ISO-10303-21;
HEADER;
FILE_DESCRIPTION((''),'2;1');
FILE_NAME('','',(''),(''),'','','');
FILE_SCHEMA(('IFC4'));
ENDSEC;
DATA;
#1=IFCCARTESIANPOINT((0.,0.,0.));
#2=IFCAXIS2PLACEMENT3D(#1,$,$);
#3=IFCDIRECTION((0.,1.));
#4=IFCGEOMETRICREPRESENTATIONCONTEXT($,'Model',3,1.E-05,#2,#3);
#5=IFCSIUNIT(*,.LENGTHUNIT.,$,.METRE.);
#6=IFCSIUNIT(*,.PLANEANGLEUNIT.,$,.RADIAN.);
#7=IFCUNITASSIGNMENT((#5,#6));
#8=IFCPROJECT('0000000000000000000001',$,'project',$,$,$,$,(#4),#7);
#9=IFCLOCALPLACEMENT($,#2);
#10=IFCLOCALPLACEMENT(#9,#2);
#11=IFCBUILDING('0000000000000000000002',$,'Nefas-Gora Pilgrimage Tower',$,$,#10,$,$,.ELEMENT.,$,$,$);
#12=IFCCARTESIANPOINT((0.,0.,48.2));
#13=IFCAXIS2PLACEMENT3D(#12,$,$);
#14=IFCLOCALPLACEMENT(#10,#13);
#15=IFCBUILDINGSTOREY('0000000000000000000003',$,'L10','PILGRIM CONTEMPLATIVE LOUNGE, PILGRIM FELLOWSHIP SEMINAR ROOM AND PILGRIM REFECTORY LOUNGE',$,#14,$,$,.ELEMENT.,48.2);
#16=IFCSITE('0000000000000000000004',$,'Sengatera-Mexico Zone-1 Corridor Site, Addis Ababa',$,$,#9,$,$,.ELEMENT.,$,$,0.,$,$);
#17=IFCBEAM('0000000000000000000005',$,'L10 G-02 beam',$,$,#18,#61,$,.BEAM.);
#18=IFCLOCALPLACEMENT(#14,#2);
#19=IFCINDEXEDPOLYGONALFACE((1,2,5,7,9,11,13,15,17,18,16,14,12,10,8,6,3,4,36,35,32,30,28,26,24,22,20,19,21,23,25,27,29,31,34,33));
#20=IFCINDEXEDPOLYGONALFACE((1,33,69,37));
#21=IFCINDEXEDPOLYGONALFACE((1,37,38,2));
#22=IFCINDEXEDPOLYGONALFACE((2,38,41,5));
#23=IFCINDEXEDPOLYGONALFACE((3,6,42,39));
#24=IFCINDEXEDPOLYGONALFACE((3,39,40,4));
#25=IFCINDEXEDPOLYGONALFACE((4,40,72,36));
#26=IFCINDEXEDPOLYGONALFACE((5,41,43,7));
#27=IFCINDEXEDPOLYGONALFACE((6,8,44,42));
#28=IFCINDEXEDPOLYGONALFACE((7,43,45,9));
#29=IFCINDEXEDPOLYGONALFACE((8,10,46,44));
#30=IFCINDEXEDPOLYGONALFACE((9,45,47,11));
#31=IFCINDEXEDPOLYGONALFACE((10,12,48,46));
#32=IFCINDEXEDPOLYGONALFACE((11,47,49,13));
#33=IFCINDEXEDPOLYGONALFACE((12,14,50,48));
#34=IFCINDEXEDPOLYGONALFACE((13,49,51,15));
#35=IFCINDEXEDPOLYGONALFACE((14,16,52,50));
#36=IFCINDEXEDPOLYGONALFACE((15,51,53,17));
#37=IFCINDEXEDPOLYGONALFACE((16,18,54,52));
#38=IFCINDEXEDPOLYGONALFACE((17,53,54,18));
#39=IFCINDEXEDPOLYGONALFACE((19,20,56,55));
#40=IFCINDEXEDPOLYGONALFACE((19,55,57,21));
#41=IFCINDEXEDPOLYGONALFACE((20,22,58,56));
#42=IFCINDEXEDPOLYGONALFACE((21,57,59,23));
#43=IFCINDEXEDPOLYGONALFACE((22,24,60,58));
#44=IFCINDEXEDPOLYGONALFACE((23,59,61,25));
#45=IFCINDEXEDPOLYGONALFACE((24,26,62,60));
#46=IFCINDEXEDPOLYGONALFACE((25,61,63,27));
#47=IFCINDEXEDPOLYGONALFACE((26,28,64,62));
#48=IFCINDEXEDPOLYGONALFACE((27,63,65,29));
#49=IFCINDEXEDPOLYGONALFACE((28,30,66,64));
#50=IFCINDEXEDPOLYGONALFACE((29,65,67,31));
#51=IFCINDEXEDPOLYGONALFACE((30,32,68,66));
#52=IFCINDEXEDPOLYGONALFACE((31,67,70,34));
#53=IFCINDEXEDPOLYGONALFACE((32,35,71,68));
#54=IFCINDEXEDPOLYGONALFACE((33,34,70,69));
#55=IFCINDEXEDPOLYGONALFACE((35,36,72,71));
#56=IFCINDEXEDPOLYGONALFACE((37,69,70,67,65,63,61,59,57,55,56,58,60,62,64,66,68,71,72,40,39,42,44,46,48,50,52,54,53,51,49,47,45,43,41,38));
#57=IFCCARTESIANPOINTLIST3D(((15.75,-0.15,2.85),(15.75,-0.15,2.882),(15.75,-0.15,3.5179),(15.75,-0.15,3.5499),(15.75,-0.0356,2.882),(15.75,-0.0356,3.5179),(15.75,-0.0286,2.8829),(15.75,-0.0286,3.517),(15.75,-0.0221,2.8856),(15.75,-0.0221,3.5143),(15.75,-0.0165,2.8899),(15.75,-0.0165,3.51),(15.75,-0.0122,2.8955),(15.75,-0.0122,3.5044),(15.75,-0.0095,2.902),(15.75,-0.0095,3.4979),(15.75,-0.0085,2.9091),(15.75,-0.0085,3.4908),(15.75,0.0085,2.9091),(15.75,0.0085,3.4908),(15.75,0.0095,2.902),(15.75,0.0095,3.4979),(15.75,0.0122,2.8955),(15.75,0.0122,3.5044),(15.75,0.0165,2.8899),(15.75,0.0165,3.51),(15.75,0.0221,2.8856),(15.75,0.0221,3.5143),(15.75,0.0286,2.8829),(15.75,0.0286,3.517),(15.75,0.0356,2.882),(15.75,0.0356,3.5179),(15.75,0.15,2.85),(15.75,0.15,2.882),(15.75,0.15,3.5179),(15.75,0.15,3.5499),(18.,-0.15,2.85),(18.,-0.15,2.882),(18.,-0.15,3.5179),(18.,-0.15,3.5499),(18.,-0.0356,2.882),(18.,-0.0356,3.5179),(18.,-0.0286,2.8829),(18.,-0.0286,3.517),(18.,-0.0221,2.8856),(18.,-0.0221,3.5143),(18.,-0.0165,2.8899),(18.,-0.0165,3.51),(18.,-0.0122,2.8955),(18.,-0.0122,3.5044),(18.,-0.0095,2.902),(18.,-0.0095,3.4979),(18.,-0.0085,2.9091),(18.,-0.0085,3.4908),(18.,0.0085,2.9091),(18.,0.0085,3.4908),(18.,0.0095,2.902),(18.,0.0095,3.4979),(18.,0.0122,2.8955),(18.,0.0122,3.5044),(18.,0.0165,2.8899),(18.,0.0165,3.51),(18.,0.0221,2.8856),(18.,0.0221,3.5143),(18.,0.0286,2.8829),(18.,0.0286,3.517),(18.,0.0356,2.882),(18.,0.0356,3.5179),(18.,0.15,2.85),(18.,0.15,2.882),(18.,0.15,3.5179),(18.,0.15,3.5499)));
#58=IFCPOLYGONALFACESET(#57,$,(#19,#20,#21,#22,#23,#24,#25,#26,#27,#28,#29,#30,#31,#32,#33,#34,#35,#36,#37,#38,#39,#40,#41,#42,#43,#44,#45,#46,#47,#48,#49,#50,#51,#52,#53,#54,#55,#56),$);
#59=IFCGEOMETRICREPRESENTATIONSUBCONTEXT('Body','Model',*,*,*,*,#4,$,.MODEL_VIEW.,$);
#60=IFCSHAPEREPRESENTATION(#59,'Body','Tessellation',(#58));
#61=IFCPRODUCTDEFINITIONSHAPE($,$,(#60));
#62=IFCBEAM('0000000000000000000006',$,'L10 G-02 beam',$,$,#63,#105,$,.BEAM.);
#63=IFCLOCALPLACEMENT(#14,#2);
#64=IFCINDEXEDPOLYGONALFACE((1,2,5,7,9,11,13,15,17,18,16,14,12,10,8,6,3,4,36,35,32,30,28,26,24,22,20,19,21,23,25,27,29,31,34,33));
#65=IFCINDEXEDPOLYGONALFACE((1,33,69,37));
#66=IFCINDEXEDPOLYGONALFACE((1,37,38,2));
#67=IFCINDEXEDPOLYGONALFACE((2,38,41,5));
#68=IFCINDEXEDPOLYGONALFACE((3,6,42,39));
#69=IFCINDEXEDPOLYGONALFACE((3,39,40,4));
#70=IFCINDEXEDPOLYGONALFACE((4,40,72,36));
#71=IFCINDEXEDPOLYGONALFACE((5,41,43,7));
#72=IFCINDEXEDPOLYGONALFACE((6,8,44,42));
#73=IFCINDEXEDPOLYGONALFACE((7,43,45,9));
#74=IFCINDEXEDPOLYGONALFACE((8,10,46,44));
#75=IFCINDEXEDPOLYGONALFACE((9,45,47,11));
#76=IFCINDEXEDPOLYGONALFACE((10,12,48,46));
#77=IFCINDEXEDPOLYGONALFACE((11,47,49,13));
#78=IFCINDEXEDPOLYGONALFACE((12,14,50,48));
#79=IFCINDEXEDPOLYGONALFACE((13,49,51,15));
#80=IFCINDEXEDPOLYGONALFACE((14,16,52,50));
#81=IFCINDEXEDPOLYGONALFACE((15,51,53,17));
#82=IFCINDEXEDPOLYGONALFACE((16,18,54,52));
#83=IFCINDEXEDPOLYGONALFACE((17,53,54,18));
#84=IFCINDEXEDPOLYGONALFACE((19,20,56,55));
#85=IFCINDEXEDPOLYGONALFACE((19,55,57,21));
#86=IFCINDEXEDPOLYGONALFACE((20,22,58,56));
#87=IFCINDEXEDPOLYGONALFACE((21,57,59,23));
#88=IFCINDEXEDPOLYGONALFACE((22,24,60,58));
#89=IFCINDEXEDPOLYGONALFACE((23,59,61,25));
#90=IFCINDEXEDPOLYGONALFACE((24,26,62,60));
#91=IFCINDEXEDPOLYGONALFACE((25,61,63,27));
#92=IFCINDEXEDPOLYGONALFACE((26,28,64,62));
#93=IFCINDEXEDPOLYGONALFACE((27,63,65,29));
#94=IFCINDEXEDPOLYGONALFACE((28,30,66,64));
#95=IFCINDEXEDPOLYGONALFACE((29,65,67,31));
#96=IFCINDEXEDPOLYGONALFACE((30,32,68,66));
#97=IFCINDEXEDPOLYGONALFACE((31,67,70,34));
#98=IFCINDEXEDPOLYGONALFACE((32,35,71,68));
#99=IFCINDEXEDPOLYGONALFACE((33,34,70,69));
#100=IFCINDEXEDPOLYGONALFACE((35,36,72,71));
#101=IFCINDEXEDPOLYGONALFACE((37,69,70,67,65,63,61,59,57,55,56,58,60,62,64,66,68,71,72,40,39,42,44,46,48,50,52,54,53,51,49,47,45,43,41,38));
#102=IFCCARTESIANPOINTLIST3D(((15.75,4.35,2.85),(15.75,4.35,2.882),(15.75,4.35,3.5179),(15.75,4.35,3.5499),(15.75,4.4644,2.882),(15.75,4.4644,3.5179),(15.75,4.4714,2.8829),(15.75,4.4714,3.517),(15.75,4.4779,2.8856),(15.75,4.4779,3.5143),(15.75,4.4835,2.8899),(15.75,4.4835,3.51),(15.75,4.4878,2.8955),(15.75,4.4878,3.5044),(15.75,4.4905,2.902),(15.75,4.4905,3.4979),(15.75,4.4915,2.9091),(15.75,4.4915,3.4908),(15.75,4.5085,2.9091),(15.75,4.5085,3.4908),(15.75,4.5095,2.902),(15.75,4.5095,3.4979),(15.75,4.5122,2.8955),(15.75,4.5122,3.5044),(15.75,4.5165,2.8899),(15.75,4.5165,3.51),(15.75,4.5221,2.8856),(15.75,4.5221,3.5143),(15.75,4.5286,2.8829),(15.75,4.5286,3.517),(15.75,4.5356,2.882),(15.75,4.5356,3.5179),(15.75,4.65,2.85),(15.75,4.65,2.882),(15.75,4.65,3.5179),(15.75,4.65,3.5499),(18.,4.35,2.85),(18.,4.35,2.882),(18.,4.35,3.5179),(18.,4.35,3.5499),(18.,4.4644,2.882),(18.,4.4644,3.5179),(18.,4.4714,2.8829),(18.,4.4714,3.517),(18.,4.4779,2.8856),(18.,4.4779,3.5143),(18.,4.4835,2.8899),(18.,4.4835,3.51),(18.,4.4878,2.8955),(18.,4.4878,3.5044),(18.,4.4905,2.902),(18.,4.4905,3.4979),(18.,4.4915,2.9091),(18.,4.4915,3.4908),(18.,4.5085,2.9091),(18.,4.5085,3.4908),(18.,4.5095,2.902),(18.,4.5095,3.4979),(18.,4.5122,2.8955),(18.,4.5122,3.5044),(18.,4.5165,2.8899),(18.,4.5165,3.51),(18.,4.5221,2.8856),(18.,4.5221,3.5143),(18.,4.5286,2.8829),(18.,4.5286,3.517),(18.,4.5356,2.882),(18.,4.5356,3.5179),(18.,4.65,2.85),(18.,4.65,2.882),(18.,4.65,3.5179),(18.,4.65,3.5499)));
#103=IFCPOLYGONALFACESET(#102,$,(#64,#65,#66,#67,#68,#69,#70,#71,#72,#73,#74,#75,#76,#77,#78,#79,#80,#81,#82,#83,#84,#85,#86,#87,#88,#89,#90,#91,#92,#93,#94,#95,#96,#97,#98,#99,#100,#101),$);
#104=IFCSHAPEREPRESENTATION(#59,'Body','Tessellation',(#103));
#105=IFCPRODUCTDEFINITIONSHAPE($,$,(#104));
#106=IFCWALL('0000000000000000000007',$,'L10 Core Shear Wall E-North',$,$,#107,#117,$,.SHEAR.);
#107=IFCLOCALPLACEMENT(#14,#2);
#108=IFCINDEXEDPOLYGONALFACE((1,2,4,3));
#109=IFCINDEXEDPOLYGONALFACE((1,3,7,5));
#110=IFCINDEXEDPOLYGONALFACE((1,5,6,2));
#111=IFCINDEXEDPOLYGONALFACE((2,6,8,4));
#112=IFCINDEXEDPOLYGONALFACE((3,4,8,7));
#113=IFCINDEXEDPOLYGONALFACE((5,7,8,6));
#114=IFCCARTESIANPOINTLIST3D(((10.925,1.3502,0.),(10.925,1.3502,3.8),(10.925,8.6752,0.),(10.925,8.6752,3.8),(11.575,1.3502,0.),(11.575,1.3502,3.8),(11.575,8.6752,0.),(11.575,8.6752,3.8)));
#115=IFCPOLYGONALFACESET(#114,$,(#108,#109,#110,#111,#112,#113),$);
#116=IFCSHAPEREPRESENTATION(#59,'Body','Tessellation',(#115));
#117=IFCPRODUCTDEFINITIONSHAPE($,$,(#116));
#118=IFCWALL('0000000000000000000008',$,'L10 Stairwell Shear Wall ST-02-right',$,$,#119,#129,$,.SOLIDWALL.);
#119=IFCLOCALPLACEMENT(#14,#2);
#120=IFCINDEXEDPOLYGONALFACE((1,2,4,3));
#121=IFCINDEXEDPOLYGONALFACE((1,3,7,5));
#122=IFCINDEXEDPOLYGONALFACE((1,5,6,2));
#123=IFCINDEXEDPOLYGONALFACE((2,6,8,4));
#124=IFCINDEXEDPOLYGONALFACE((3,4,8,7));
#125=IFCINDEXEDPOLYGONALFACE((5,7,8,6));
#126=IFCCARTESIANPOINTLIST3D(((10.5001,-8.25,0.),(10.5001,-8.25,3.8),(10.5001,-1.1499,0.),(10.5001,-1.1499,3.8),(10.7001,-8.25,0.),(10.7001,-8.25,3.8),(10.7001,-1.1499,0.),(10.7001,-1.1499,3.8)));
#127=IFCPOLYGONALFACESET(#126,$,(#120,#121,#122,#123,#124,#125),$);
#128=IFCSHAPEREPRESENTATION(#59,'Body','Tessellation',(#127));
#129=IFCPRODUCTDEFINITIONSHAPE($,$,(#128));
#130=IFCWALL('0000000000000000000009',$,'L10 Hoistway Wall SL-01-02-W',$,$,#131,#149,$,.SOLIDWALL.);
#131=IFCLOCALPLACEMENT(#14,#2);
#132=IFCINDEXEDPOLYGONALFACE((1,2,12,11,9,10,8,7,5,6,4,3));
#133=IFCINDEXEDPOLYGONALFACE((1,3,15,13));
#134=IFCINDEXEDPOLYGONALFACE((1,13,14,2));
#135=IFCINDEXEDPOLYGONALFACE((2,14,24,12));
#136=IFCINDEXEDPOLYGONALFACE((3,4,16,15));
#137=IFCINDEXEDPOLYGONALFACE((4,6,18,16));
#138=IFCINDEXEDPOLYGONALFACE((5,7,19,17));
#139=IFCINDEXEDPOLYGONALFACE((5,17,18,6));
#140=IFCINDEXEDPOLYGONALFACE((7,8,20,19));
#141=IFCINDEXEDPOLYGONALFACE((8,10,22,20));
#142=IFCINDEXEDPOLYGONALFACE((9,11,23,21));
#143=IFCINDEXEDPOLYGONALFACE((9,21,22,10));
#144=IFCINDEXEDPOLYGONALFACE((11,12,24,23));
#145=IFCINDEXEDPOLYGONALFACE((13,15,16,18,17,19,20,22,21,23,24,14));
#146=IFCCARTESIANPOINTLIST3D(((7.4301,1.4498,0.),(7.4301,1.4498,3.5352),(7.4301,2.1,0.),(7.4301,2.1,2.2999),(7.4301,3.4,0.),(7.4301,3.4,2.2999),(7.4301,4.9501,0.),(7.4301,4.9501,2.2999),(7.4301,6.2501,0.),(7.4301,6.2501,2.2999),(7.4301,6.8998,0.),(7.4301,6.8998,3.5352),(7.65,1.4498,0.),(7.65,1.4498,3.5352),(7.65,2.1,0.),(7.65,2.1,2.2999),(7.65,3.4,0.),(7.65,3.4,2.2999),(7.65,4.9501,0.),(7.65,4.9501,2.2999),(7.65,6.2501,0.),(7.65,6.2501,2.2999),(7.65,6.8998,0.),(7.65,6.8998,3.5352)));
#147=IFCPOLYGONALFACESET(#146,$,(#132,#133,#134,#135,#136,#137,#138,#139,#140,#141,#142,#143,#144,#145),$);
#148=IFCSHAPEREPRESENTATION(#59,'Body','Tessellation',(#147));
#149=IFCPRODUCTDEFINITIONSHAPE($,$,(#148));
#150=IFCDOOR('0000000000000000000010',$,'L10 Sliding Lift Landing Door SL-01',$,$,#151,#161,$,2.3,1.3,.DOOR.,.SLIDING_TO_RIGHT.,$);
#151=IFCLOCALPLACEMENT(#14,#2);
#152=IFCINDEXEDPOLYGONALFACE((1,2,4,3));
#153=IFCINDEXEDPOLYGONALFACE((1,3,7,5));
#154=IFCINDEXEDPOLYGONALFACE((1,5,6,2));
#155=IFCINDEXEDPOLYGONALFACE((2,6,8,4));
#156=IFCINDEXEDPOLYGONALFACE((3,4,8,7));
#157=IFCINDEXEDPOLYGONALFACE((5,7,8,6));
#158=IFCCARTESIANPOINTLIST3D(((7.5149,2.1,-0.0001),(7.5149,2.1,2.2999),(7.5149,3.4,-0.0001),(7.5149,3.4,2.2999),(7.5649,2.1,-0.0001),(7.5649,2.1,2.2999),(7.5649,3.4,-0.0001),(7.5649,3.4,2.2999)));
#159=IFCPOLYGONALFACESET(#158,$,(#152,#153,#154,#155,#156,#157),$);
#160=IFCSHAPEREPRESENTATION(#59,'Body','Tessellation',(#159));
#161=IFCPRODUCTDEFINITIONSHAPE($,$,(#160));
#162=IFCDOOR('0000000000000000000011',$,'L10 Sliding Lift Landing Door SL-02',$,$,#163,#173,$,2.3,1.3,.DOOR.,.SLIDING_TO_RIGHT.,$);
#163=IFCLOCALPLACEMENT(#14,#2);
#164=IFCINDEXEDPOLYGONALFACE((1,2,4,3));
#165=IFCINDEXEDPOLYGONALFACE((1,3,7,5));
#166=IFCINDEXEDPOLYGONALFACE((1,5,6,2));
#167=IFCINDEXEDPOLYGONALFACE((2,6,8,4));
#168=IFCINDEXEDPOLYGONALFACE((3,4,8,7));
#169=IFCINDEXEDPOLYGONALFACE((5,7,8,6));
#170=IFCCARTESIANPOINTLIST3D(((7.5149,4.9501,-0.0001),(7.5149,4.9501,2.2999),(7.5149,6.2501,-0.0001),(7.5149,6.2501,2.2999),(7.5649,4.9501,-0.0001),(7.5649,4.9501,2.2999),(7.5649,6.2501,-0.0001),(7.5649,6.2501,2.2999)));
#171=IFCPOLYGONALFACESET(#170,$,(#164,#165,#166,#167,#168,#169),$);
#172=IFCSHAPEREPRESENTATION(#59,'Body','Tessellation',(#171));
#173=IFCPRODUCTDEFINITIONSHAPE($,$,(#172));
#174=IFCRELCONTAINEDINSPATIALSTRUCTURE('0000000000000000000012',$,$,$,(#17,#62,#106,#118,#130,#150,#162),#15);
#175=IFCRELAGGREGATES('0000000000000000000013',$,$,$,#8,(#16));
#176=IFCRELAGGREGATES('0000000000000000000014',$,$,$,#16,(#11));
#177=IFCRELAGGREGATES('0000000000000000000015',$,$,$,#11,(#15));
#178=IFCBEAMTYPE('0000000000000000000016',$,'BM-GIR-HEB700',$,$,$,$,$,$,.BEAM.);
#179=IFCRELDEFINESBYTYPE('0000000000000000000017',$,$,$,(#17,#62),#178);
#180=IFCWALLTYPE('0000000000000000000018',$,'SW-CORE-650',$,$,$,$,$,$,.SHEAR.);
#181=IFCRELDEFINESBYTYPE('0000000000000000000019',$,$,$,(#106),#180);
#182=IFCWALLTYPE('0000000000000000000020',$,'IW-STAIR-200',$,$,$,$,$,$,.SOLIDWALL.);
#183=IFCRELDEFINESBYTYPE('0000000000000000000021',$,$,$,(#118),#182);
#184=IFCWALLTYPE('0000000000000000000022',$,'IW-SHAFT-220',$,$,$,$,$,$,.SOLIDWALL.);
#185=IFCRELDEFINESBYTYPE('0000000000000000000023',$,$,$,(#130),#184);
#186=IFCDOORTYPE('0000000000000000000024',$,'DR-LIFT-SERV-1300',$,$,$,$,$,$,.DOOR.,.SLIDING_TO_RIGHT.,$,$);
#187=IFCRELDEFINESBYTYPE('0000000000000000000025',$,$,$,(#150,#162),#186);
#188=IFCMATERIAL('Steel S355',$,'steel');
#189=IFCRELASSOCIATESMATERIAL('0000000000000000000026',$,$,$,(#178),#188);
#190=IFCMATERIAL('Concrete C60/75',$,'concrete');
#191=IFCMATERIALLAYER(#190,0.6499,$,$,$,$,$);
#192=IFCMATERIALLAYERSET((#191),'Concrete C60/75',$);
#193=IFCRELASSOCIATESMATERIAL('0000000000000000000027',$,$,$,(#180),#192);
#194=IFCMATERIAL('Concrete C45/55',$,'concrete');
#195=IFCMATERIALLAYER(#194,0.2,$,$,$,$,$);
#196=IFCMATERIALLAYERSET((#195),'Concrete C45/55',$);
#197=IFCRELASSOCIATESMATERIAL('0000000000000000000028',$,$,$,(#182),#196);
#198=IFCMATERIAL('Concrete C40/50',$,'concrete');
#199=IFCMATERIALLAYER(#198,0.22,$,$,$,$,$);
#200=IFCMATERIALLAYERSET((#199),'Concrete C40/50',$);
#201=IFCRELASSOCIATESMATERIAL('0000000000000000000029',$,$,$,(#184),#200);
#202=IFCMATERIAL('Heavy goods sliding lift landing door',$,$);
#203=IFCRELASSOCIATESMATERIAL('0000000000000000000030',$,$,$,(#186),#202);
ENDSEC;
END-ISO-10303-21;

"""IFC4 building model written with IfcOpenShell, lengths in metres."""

from ifc_helpers import new_model, si_unit, direction, frame, frame_2d, origin, origin_2d, place, context, subcontext, project, spatial, rectangle, i_section, extrude, source, transform, mapped, material, layer, layer_set, material_profile, profile_set, type_object, element, fill, save


model = new_model("IFC4")

# Units and contexts
model_context = context("Model", 3, precision=1e-05, world=origin(), true_north=direction((0.0, 1.0)))
body_context = subcontext(model_context, "Body", "Model", "MODEL_VIEW")
ifc_project = project(units=[si_unit("LENGTHUNIT", "METRE"), si_unit("PLANEANGLEUNIT", "RADIAN")], contexts=[model_context])

# Site, building, storey
site_placement = place(None, origin())
site = spatial("IfcSite", under=ifc_project, at=site_placement, Name="Sengatera-Mexico Zone-1 Corridor Site, Addis Ababa", CompositionType="ELEMENT", RefElevation=0.0)
building_placement = place(site_placement, origin())
building = spatial("IfcBuilding", under=site, at=building_placement, Name="Nefas-Gora Pilgrimage Tower", CompositionType="ELEMENT")
storey_placement = place(building_placement, frame((0.0, 0.0, 48.2)))
storey = spatial("IfcBuildingStorey", under=building, at=storey_placement, Name="L10", Description="PILGRIM CONTEMPLATIVE LOUNGE, PILGRIM FELLOWSHIP SEMINAR ROOM AND PILGRIM REFECTORY LOUNGE", CompositionType="ELEMENT", Elevation=48.2)

# Beams
ifc_material_1 = material(Name="Steel S355", Category="steel")
ifc_material_profile_1 = material_profile(ifc_material_1, i_section(OverallWidth=0.3, OverallDepth=0.7, WebThickness=0.0171, FlangeThickness=0.032, FilletRadius=0.0271, at=origin_2d()), Name="HEB 700")
ifc_profile_set_1 = profile_set([ifc_material_profile_1], Name="Steel S355")
beam_type = type_object("IfcBeamType", Name="BM-GIR-HEB700", PredefinedType="BEAM", material=ifc_profile_set_1)
shared_shape_1 = source(origin(), body_context, "Body", "SweptSolid", [
    extrude(i_section(OverallWidth=0.3, OverallDepth=0.7, WebThickness=0.0171, FlangeThickness=0.032, FilletRadius=0.0271, at=origin_2d()), origin(), (0.0, 0.0, 1.0), 2.25),
])
for number, where, z_axis, x_axis, name in (
    (1, (15.75, 0.0, 3.2), (1.0, 0.0, 0.0), (0.0, 1.0, 0.0), "L10 G-02 beam"),
    (2, (15.75, 4.5, 3.2), (1.0, 0.0, 0.0), (0.0, 1.0, 0.0), "L10 G-02 beam"),
):
    element("IfcBeam", number, at=place(storey_placement, frame(where, z_axis=z_axis, x_axis=x_axis)), inside=storey, type_object=beam_type, Name=name, PredefinedType="BEAM", context=body_context, shape_type="MappedRepresentation", body=[
        mapped(shared_shape_1, transform((0.0, 0.0, 0.0), x_axis=(1.0, 0.0, 0.0), y_axis=(0.0, 1.0, 0.0), z_axis=(0.0, 0.0, 1.0), scale=1.0)),
    ])

# Walls
ifc_material_2 = material(Name="Concrete C60/75", Category="concrete")
ifc_layer_1 = layer(ifc_material_2, 0.6499)
ifc_layer_set_1 = layer_set([ifc_layer_1], Name="Concrete C60/75")
wall_type_1 = type_object("IfcWallType", Name="SW-CORE-650", PredefinedType="SHEAR", material=ifc_layer_set_1)
shared_shape_2 = source(origin(), body_context, "Body", "SweptSolid", [
    extrude(rectangle(XDim=7.325, YDim=0.6499, at=frame_2d((3.6626, 0.0))), origin(), (0.0, 0.0, 1.0), 3.8),
])
wall_1_placement = place(storey_placement, frame((11.25, 1.3501, 0.0), z_axis=(0.0, 0.0, 1.0), x_axis=(0.0, 1.0, 0.0)))
element("IfcWall", 3, at=wall_1_placement, inside=storey, type_object=wall_type_1, Name="L10 Core Shear Wall E-North", PredefinedType="SHEAR", context=body_context, shape_type="MappedRepresentation", body=[
    mapped(shared_shape_2, transform((0.0, 0.0, 0.0), x_axis=(1.0, 0.0, 0.0), y_axis=(0.0, 1.0, 0.0), z_axis=(0.0, 0.0, 1.0), scale=1.0)),
])
ifc_material_3 = material(Name="Concrete C45/55", Category="concrete")
ifc_layer_2 = layer(ifc_material_3, 0.2)
ifc_layer_set_2 = layer_set([ifc_layer_2], Name="Concrete C45/55")
wall_type_2 = type_object("IfcWallType", Name="IW-STAIR-200", PredefinedType="SOLIDWALL", material=ifc_layer_set_2)
shared_shape_3 = source(origin(), body_context, "Body", "SweptSolid", [
    extrude(rectangle(XDim=7.1001, YDim=0.2, at=frame_2d((3.55, 0.0))), origin(), (0.0, 0.0, 1.0), 3.8),
])
wall_2_placement = place(storey_placement, frame((10.6001, -1.1499, 0.0), z_axis=(0.0, 0.0, 1.0), x_axis=(0.0, -1.0, 0.0)))
element("IfcWall", 4, at=wall_2_placement, inside=storey, type_object=wall_type_2, Name="L10 Stairwell Shear Wall ST-02-right", PredefinedType="SOLIDWALL", context=body_context, shape_type="MappedRepresentation", body=[
    mapped(shared_shape_3, transform((0.0, 0.0, 0.0), x_axis=(1.0, 0.0, 0.0), y_axis=(0.0, 1.0, 0.0), z_axis=(0.0, 0.0, 1.0), scale=1.0)),
])

# Wall, openings, doors
ifc_material_4 = material(Name="Concrete C40/50", Category="concrete")
ifc_layer_3 = layer(ifc_material_4, 0.22)
ifc_layer_set_3 = layer_set([ifc_layer_3], Name="Concrete C40/50")
wall_type_3 = type_object("IfcWallType", Name="IW-SHAFT-220", PredefinedType="SOLIDWALL", material=ifc_layer_set_3)
shared_shape_4 = source(origin(), body_context, "Body", "SweptSolid", [
    extrude(rectangle(XDim=5.45, YDim=0.22, at=frame_2d((2.7251, 0.0))), origin(), (0.0, 0.0, 1.0), 3.5352),
])
wall_3_placement = place(storey_placement, frame((7.54, 6.8999, 0.0), z_axis=(0.0, 0.0, 1.0), x_axis=(0.0, -1.0, 0.0)))
wall_3 = element("IfcWall", 5, at=wall_3_placement, inside=storey, type_object=wall_type_3, Name="L10 Hoistway Wall SL-01-02-W", PredefinedType="SOLIDWALL", context=body_context, shape_type="MappedRepresentation", body=[
    mapped(shared_shape_4, transform((0.0, 0.0, 0.0), x_axis=(1.0, 0.0, 0.0), y_axis=(0.0, 1.0, 0.0), z_axis=(0.0, 0.0, 1.0), scale=1.0)),
])
opening_1_placement = place(wall_3_placement, frame((3.5, 0.0, 0.0)))
opening_1 = element("IfcOpeningElement", 6, at=opening_1_placement, cuts=wall_3, PredefinedType="OPENING", context=body_context, shape_type="SweptSolid", body=[
    extrude(rectangle(XDim=1.3, YDim=2.3, at=frame_2d((0.6499, 1.1499))), frame((0.0, 0.1199, 0.0), z_axis=(0.0, -1.0, 0.0), x_axis=(1.0, 0.0, 0.0)), (0.0, 0.0, 1.0), 0.24),
])
opening_2_placement = place(wall_3_placement, frame((0.6499, 0.0, 0.0)))
opening_2 = element("IfcOpeningElement", 7, at=opening_2_placement, cuts=wall_3, PredefinedType="OPENING", context=body_context, shape_type="SweptSolid", body=[
    extrude(rectangle(XDim=1.3, YDim=2.3, at=frame_2d((0.6499, 1.1499))), frame((0.0, 0.1199, 0.0), z_axis=(0.0, -1.0, 0.0), x_axis=(1.0, 0.0, 0.0)), (0.0, 0.0, 1.0), 0.24),
])
ifc_material_5 = material(Name="Heavy goods sliding lift landing door")
door_type_1 = type_object("IfcDoorType", Name="DR-LIFT-SERV-1300", OperationType="SLIDING_TO_RIGHT", PredefinedType="DOOR", material=ifc_material_5)
shared_shape_5 = source(origin(), body_context, "Body", "SweptSolid", [
    extrude(rectangle(XDim=1.3, YDim=2.3, at=frame_2d((0.6499, 1.1499))), frame((0.0, 0.0249, 0.0), z_axis=(0.0, -1.0, 0.0), x_axis=(1.0, 0.0, 0.0)), (0.0, 0.0, 1.0), 0.05),
])
door_1_placement = place(opening_1_placement, origin())
door_1 = element("IfcDoor", 8, at=door_1_placement, inside=storey, type_object=door_type_1, Name="L10 Sliding Lift Landing Door SL-01", OperationType="SLIDING_TO_RIGHT", OverallHeight=2.3, OverallWidth=1.3, PredefinedType="DOOR", context=body_context, shape_type="MappedRepresentation", body=[
    mapped(shared_shape_5, transform((0.0, 0.0, 0.0), x_axis=(1.0, 0.0, 0.0), y_axis=(0.0, 1.0, 0.0), z_axis=(0.0, 0.0, 1.0), scale=1.0)),
])
fill(opening_1, door_1)
door_2_placement = place(opening_2_placement, origin())
door_2 = element("IfcDoor", 9, at=door_2_placement, inside=storey, type_object=door_type_1, Name="L10 Sliding Lift Landing Door SL-02", OperationType="SLIDING_TO_RIGHT", OverallHeight=2.3, OverallWidth=1.3, PredefinedType="DOOR", context=body_context, shape_type="MappedRepresentation", body=[
    mapped(shared_shape_5, transform((0.0, 0.0, 0.0), x_axis=(1.0, 0.0, 0.0), y_axis=(0.0, 1.0, 0.0), z_axis=(0.0, 0.0, 1.0), scale=1.0)),
])
fill(opening_2, door_2)

save(model, "model.ifc")
